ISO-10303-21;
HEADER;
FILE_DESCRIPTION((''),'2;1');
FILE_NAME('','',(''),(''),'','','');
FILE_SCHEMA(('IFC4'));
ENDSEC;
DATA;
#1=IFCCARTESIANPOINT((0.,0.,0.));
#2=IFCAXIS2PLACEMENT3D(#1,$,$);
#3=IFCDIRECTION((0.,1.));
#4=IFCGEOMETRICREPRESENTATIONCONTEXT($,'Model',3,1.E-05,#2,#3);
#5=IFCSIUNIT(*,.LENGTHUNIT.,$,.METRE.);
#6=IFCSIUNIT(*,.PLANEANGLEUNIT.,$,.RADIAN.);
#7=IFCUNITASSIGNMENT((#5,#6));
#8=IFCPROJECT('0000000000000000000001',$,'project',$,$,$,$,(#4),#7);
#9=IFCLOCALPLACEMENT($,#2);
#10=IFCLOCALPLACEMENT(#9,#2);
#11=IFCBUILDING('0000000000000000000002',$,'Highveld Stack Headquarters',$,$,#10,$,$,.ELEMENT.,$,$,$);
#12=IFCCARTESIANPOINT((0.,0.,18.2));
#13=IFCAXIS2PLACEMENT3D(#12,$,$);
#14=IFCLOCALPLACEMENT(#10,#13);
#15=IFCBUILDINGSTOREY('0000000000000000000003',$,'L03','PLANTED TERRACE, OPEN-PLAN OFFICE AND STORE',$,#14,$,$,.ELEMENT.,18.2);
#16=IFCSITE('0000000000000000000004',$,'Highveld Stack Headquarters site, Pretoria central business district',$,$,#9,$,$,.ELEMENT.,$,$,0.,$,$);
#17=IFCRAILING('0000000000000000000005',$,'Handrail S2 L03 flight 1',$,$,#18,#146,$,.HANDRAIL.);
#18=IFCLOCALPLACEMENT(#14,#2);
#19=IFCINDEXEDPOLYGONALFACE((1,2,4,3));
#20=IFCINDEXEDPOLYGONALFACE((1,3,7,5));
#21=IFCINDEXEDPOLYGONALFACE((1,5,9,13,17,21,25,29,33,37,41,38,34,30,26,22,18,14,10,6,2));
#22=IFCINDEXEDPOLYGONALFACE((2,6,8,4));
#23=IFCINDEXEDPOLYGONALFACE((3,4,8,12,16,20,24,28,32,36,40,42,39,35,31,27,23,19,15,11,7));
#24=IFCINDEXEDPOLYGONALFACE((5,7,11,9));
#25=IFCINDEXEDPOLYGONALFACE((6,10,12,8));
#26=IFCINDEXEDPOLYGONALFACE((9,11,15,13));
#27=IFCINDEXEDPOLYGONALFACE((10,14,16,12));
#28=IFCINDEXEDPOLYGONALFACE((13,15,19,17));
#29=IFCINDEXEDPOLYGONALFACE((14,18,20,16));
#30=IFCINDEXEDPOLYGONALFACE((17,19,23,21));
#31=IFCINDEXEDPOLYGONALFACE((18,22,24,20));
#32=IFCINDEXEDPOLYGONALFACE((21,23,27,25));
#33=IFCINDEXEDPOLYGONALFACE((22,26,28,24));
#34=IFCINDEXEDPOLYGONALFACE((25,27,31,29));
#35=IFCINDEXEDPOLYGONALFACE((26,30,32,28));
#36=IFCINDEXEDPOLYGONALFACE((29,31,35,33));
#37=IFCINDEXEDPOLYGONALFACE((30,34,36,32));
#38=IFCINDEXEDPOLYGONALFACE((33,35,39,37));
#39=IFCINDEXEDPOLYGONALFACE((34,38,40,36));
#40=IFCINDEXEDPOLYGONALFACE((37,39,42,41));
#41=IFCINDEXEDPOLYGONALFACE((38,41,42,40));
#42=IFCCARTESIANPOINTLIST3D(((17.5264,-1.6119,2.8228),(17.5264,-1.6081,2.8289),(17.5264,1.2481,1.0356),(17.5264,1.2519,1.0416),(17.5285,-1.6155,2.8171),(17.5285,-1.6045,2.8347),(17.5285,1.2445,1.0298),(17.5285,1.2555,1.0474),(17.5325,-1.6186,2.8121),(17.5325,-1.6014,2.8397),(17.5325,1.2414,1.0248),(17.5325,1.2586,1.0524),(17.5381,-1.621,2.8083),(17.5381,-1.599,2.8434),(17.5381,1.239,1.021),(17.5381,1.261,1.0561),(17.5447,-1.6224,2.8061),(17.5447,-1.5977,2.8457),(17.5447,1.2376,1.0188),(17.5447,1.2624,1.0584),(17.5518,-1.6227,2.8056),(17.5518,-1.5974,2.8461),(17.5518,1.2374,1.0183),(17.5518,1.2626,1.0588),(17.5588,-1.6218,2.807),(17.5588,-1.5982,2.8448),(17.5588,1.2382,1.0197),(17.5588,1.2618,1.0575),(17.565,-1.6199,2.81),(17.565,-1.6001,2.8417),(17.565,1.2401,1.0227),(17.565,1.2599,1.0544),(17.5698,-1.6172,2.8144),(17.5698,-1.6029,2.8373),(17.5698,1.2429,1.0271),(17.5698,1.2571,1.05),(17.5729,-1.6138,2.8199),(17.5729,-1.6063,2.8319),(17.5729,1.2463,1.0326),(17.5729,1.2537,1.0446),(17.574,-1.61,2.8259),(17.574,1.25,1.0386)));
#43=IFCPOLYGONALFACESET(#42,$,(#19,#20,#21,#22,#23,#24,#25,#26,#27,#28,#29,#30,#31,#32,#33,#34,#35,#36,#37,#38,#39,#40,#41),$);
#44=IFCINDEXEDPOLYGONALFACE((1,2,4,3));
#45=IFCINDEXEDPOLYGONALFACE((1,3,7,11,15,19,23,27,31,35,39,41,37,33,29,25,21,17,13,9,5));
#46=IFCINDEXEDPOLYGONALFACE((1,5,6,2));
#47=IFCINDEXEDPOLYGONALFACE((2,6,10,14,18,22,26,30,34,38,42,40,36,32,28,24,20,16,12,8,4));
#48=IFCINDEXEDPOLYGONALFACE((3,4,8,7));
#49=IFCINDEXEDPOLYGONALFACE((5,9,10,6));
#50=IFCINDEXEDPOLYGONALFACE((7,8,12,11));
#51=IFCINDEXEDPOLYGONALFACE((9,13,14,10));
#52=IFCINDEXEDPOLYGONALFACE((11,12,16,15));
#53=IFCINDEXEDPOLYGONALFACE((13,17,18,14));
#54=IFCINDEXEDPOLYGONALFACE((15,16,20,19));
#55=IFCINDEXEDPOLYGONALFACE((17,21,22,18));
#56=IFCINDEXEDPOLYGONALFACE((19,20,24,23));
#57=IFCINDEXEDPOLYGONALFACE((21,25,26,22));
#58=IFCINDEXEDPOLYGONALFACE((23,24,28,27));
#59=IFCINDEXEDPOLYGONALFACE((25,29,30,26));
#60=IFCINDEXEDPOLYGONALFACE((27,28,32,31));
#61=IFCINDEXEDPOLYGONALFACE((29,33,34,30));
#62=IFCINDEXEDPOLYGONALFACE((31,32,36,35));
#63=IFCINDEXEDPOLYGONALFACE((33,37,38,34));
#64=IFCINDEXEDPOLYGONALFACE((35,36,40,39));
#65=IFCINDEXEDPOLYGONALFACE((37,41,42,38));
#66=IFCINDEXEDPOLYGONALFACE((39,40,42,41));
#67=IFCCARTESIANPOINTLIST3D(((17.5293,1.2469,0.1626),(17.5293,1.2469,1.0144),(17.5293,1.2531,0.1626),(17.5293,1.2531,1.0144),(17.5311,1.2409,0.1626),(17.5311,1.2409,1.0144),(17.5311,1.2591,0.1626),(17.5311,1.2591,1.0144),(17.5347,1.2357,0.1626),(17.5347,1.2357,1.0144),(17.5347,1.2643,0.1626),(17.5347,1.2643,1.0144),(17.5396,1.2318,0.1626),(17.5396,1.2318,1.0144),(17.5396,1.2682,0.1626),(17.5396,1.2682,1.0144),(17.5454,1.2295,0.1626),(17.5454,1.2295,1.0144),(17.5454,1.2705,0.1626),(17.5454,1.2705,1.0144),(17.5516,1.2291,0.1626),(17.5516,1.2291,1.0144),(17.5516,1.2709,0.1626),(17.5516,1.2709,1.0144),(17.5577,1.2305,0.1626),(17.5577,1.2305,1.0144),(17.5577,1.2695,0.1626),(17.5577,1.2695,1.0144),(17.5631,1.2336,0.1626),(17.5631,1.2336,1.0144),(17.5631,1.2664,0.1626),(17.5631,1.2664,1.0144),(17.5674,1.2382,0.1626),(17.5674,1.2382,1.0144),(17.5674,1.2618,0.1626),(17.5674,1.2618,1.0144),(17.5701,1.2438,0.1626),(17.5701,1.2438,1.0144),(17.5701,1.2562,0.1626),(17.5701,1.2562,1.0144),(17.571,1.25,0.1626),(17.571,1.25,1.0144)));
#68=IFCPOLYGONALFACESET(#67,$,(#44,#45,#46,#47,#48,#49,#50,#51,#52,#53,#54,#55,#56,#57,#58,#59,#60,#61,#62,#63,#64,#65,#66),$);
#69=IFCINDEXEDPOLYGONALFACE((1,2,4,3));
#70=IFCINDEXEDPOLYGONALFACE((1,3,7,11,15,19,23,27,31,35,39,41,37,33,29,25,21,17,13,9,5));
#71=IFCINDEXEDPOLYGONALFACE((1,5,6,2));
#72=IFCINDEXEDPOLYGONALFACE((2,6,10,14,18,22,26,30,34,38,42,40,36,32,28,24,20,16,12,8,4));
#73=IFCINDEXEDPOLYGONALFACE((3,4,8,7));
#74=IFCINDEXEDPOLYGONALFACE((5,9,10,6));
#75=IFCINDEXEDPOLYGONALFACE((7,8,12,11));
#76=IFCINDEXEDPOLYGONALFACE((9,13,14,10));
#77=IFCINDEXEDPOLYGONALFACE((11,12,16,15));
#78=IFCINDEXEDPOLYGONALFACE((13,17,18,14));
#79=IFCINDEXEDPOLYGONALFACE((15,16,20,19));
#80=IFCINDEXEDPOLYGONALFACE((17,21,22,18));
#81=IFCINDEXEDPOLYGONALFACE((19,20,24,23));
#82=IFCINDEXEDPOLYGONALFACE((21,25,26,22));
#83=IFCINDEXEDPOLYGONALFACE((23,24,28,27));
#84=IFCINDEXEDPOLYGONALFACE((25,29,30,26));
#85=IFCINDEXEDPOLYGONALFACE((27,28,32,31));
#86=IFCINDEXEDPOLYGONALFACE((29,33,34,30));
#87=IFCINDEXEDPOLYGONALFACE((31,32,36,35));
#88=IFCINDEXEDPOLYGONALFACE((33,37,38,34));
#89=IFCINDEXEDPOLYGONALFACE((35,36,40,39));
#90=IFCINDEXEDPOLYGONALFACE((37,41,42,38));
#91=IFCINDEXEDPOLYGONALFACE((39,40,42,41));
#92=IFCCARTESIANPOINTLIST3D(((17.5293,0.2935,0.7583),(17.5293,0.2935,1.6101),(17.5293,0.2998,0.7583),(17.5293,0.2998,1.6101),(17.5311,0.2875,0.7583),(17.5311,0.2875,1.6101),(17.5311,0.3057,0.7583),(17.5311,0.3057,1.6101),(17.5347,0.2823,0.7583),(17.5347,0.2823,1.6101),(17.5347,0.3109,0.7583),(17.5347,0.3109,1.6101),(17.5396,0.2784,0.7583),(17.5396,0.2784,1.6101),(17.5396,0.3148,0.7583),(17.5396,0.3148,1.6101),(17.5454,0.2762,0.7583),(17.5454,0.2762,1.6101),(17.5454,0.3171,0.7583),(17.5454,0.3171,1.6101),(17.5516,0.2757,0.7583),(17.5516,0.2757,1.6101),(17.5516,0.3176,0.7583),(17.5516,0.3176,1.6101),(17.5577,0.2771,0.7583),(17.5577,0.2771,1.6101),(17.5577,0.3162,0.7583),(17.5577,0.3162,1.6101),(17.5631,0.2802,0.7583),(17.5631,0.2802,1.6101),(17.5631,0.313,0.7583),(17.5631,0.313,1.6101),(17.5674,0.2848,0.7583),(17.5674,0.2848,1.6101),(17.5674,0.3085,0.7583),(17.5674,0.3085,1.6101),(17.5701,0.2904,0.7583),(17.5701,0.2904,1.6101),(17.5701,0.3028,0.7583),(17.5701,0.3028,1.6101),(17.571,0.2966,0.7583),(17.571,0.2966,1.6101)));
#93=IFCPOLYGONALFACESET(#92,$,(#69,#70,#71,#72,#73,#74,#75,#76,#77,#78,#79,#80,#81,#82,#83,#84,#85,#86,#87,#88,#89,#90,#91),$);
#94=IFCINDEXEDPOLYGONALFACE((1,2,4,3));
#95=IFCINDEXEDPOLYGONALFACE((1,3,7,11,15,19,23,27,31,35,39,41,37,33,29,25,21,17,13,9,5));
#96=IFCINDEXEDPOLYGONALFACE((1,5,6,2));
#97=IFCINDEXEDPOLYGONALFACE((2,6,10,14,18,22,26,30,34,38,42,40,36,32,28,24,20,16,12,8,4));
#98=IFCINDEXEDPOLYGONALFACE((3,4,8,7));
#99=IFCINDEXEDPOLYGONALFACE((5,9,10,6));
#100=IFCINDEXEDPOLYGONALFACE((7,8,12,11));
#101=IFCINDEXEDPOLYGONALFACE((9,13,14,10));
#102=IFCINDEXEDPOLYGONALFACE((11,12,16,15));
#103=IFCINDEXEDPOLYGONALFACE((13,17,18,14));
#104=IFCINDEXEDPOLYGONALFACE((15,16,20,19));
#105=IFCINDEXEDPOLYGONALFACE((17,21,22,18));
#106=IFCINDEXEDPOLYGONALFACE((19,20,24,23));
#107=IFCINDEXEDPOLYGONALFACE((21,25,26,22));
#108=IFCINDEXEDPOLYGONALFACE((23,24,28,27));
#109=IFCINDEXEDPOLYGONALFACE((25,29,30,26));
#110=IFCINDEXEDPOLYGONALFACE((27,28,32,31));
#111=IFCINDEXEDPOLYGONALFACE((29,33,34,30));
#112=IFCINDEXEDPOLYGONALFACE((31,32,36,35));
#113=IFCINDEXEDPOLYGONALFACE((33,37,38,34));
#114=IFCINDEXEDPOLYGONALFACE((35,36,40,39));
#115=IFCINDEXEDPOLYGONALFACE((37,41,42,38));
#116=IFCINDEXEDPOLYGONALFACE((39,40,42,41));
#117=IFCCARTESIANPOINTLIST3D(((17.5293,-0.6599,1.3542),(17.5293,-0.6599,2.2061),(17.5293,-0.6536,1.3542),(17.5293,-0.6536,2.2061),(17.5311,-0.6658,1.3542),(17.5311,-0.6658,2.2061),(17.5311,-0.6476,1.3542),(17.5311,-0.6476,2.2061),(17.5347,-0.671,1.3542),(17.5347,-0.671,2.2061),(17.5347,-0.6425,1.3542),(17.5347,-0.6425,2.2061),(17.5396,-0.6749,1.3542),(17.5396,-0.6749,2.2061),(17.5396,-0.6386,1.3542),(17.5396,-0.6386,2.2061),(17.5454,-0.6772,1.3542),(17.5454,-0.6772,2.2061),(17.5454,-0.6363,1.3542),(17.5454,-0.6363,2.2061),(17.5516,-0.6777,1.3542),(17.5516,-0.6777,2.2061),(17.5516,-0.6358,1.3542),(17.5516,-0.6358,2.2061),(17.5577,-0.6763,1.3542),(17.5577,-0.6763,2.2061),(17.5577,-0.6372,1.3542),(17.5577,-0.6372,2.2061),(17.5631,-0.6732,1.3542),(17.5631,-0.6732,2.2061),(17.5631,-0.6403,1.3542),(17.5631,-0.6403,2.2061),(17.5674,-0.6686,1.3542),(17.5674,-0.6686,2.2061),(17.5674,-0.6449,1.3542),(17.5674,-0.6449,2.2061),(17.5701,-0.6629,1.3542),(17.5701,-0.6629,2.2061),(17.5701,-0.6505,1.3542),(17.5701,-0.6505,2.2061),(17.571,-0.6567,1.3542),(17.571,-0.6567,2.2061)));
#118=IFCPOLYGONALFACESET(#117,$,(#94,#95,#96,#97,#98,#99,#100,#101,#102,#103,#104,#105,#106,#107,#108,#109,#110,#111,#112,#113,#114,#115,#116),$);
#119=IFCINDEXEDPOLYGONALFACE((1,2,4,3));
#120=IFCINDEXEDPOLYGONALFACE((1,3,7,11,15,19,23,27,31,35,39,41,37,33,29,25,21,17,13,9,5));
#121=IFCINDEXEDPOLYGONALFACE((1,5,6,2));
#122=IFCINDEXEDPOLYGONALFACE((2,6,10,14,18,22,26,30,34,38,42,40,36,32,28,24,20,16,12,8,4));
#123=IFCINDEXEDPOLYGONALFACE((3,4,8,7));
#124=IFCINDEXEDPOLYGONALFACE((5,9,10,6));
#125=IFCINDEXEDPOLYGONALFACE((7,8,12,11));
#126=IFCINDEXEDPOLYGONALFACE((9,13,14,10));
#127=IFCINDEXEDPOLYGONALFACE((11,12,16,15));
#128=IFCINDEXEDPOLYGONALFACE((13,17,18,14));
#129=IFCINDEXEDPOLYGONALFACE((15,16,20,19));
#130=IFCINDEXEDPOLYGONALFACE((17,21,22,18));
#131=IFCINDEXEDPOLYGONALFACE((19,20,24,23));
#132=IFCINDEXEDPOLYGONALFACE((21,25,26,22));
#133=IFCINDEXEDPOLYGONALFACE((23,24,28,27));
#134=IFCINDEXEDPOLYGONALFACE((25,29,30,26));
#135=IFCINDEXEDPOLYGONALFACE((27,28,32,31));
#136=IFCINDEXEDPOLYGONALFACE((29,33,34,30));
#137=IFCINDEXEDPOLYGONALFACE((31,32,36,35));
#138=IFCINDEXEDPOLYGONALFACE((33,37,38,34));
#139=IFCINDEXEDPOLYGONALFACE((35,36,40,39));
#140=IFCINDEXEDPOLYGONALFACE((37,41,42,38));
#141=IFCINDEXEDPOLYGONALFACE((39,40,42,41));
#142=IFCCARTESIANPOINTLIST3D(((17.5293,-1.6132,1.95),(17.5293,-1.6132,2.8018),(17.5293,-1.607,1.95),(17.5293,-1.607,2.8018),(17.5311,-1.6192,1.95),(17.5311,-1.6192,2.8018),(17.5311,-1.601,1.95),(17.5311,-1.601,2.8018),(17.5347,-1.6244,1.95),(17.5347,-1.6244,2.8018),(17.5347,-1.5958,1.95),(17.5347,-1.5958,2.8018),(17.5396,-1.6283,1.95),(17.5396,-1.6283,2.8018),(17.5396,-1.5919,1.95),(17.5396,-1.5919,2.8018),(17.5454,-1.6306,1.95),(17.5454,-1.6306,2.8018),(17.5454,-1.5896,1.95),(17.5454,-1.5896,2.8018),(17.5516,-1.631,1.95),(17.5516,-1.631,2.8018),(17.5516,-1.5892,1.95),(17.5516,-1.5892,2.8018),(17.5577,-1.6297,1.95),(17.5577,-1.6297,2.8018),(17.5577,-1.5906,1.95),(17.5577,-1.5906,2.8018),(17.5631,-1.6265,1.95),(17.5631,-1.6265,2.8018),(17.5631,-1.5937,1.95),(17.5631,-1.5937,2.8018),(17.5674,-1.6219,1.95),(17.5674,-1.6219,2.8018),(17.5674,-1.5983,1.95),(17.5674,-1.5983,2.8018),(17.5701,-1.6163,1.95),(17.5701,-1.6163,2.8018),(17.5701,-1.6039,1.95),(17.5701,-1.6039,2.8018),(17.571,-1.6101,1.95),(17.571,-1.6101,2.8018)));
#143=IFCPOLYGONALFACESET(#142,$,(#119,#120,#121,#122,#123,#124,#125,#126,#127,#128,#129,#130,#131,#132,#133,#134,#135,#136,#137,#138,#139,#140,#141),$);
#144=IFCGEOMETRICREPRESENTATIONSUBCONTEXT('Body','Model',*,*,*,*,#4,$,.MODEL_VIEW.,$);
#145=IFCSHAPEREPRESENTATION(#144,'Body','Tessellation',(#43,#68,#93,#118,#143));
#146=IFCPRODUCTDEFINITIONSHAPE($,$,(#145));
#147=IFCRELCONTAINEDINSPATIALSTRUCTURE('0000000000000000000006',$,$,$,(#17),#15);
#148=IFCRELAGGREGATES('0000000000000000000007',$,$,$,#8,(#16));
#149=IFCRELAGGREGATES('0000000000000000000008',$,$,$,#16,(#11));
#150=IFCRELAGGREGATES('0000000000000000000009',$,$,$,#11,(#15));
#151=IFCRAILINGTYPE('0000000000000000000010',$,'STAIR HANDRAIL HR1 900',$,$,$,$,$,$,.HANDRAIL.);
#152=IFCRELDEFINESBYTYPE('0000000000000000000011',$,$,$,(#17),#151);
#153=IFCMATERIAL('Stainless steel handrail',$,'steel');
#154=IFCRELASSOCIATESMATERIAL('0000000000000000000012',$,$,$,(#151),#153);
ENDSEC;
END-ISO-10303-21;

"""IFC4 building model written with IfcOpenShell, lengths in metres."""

from ifc_helpers import new_model, si_unit, direction, frame, origin, origin_2d, place, context, subcontext, project, spatial, circle, extrude, material, type_object, element, save


model = new_model("IFC4")

# Units and contexts
model_context = context("Model", 3, precision=1e-05, world=origin(), true_north=direction((0.0, 1.0)))
body_context = subcontext(model_context, "Body", "Model", "MODEL_VIEW")
ifc_project = project(units=[si_unit("LENGTHUNIT", "METRE"), si_unit("PLANEANGLEUNIT", "RADIAN")], contexts=[model_context])

# Site, building, storey
site_placement = place(None, origin())
site = spatial("IfcSite", under=ifc_project, at=site_placement, Name="Highveld Stack Headquarters site, Pretoria central business district", CompositionType="ELEMENT", RefElevation=0.0)
building_placement = place(site_placement, origin())
building = spatial("IfcBuilding", under=site, at=building_placement, Name="Highveld Stack Headquarters", CompositionType="ELEMENT")
storey_placement = place(building_placement, frame((0.0, 0.0, 18.2)))
storey = spatial("IfcBuildingStorey", under=building, at=storey_placement, Name="L03", Description="PLANTED TERRACE, OPEN-PLAN OFFICE AND STORE", CompositionType="ELEMENT", Elevation=18.2)

# Railing
ifc_material_1 = material(Name="Stainless steel handrail", Category="steel")
railing_type = type_object("IfcRailingType", Name="STAIR HANDRAIL HR1 900", PredefinedType="HANDRAIL", material=ifc_material_1)
for number, where, name in (
    (1, (17.55, 1.25, 0.1626), "Handrail S2 L03 flight 1"),
):
    element("IfcRailing", number, at=place(storey_placement, frame(where)), inside=storey, type_object=railing_type, Name=name, PredefinedType="HANDRAIL", context=body_context, shape_type="SweptSolid", body=[
        extrude(circle(Radius=0.0239, at=origin_2d()), frame((0.0, 0.0, 0.876), z_axis=(0.0, -0.848027, 0.529953), x_axis=(1.0, 0.0, 0.0)), (0.0, 0.0, 1.0), 3.3726),
        extrude(circle(Radius=0.021, at=origin_2d()), origin(), (0.0, 0.0, 1.0), 0.8518),
        extrude(circle(Radius=0.021, at=origin_2d()), frame((0.0, -0.9534, 0.5957)), (0.0, 0.0, 1.0), 0.8518),
        extrude(circle(Radius=0.021, at=origin_2d()), frame((0.0, -1.9067, 1.1917)), (0.0, 0.0, 1.0), 0.8518),
        extrude(circle(Radius=0.021, at=origin_2d()), frame((0.0, -2.8601, 1.7874)), (0.0, 0.0, 1.0), 0.8518),
    ])

save(model, "model.ifc")
